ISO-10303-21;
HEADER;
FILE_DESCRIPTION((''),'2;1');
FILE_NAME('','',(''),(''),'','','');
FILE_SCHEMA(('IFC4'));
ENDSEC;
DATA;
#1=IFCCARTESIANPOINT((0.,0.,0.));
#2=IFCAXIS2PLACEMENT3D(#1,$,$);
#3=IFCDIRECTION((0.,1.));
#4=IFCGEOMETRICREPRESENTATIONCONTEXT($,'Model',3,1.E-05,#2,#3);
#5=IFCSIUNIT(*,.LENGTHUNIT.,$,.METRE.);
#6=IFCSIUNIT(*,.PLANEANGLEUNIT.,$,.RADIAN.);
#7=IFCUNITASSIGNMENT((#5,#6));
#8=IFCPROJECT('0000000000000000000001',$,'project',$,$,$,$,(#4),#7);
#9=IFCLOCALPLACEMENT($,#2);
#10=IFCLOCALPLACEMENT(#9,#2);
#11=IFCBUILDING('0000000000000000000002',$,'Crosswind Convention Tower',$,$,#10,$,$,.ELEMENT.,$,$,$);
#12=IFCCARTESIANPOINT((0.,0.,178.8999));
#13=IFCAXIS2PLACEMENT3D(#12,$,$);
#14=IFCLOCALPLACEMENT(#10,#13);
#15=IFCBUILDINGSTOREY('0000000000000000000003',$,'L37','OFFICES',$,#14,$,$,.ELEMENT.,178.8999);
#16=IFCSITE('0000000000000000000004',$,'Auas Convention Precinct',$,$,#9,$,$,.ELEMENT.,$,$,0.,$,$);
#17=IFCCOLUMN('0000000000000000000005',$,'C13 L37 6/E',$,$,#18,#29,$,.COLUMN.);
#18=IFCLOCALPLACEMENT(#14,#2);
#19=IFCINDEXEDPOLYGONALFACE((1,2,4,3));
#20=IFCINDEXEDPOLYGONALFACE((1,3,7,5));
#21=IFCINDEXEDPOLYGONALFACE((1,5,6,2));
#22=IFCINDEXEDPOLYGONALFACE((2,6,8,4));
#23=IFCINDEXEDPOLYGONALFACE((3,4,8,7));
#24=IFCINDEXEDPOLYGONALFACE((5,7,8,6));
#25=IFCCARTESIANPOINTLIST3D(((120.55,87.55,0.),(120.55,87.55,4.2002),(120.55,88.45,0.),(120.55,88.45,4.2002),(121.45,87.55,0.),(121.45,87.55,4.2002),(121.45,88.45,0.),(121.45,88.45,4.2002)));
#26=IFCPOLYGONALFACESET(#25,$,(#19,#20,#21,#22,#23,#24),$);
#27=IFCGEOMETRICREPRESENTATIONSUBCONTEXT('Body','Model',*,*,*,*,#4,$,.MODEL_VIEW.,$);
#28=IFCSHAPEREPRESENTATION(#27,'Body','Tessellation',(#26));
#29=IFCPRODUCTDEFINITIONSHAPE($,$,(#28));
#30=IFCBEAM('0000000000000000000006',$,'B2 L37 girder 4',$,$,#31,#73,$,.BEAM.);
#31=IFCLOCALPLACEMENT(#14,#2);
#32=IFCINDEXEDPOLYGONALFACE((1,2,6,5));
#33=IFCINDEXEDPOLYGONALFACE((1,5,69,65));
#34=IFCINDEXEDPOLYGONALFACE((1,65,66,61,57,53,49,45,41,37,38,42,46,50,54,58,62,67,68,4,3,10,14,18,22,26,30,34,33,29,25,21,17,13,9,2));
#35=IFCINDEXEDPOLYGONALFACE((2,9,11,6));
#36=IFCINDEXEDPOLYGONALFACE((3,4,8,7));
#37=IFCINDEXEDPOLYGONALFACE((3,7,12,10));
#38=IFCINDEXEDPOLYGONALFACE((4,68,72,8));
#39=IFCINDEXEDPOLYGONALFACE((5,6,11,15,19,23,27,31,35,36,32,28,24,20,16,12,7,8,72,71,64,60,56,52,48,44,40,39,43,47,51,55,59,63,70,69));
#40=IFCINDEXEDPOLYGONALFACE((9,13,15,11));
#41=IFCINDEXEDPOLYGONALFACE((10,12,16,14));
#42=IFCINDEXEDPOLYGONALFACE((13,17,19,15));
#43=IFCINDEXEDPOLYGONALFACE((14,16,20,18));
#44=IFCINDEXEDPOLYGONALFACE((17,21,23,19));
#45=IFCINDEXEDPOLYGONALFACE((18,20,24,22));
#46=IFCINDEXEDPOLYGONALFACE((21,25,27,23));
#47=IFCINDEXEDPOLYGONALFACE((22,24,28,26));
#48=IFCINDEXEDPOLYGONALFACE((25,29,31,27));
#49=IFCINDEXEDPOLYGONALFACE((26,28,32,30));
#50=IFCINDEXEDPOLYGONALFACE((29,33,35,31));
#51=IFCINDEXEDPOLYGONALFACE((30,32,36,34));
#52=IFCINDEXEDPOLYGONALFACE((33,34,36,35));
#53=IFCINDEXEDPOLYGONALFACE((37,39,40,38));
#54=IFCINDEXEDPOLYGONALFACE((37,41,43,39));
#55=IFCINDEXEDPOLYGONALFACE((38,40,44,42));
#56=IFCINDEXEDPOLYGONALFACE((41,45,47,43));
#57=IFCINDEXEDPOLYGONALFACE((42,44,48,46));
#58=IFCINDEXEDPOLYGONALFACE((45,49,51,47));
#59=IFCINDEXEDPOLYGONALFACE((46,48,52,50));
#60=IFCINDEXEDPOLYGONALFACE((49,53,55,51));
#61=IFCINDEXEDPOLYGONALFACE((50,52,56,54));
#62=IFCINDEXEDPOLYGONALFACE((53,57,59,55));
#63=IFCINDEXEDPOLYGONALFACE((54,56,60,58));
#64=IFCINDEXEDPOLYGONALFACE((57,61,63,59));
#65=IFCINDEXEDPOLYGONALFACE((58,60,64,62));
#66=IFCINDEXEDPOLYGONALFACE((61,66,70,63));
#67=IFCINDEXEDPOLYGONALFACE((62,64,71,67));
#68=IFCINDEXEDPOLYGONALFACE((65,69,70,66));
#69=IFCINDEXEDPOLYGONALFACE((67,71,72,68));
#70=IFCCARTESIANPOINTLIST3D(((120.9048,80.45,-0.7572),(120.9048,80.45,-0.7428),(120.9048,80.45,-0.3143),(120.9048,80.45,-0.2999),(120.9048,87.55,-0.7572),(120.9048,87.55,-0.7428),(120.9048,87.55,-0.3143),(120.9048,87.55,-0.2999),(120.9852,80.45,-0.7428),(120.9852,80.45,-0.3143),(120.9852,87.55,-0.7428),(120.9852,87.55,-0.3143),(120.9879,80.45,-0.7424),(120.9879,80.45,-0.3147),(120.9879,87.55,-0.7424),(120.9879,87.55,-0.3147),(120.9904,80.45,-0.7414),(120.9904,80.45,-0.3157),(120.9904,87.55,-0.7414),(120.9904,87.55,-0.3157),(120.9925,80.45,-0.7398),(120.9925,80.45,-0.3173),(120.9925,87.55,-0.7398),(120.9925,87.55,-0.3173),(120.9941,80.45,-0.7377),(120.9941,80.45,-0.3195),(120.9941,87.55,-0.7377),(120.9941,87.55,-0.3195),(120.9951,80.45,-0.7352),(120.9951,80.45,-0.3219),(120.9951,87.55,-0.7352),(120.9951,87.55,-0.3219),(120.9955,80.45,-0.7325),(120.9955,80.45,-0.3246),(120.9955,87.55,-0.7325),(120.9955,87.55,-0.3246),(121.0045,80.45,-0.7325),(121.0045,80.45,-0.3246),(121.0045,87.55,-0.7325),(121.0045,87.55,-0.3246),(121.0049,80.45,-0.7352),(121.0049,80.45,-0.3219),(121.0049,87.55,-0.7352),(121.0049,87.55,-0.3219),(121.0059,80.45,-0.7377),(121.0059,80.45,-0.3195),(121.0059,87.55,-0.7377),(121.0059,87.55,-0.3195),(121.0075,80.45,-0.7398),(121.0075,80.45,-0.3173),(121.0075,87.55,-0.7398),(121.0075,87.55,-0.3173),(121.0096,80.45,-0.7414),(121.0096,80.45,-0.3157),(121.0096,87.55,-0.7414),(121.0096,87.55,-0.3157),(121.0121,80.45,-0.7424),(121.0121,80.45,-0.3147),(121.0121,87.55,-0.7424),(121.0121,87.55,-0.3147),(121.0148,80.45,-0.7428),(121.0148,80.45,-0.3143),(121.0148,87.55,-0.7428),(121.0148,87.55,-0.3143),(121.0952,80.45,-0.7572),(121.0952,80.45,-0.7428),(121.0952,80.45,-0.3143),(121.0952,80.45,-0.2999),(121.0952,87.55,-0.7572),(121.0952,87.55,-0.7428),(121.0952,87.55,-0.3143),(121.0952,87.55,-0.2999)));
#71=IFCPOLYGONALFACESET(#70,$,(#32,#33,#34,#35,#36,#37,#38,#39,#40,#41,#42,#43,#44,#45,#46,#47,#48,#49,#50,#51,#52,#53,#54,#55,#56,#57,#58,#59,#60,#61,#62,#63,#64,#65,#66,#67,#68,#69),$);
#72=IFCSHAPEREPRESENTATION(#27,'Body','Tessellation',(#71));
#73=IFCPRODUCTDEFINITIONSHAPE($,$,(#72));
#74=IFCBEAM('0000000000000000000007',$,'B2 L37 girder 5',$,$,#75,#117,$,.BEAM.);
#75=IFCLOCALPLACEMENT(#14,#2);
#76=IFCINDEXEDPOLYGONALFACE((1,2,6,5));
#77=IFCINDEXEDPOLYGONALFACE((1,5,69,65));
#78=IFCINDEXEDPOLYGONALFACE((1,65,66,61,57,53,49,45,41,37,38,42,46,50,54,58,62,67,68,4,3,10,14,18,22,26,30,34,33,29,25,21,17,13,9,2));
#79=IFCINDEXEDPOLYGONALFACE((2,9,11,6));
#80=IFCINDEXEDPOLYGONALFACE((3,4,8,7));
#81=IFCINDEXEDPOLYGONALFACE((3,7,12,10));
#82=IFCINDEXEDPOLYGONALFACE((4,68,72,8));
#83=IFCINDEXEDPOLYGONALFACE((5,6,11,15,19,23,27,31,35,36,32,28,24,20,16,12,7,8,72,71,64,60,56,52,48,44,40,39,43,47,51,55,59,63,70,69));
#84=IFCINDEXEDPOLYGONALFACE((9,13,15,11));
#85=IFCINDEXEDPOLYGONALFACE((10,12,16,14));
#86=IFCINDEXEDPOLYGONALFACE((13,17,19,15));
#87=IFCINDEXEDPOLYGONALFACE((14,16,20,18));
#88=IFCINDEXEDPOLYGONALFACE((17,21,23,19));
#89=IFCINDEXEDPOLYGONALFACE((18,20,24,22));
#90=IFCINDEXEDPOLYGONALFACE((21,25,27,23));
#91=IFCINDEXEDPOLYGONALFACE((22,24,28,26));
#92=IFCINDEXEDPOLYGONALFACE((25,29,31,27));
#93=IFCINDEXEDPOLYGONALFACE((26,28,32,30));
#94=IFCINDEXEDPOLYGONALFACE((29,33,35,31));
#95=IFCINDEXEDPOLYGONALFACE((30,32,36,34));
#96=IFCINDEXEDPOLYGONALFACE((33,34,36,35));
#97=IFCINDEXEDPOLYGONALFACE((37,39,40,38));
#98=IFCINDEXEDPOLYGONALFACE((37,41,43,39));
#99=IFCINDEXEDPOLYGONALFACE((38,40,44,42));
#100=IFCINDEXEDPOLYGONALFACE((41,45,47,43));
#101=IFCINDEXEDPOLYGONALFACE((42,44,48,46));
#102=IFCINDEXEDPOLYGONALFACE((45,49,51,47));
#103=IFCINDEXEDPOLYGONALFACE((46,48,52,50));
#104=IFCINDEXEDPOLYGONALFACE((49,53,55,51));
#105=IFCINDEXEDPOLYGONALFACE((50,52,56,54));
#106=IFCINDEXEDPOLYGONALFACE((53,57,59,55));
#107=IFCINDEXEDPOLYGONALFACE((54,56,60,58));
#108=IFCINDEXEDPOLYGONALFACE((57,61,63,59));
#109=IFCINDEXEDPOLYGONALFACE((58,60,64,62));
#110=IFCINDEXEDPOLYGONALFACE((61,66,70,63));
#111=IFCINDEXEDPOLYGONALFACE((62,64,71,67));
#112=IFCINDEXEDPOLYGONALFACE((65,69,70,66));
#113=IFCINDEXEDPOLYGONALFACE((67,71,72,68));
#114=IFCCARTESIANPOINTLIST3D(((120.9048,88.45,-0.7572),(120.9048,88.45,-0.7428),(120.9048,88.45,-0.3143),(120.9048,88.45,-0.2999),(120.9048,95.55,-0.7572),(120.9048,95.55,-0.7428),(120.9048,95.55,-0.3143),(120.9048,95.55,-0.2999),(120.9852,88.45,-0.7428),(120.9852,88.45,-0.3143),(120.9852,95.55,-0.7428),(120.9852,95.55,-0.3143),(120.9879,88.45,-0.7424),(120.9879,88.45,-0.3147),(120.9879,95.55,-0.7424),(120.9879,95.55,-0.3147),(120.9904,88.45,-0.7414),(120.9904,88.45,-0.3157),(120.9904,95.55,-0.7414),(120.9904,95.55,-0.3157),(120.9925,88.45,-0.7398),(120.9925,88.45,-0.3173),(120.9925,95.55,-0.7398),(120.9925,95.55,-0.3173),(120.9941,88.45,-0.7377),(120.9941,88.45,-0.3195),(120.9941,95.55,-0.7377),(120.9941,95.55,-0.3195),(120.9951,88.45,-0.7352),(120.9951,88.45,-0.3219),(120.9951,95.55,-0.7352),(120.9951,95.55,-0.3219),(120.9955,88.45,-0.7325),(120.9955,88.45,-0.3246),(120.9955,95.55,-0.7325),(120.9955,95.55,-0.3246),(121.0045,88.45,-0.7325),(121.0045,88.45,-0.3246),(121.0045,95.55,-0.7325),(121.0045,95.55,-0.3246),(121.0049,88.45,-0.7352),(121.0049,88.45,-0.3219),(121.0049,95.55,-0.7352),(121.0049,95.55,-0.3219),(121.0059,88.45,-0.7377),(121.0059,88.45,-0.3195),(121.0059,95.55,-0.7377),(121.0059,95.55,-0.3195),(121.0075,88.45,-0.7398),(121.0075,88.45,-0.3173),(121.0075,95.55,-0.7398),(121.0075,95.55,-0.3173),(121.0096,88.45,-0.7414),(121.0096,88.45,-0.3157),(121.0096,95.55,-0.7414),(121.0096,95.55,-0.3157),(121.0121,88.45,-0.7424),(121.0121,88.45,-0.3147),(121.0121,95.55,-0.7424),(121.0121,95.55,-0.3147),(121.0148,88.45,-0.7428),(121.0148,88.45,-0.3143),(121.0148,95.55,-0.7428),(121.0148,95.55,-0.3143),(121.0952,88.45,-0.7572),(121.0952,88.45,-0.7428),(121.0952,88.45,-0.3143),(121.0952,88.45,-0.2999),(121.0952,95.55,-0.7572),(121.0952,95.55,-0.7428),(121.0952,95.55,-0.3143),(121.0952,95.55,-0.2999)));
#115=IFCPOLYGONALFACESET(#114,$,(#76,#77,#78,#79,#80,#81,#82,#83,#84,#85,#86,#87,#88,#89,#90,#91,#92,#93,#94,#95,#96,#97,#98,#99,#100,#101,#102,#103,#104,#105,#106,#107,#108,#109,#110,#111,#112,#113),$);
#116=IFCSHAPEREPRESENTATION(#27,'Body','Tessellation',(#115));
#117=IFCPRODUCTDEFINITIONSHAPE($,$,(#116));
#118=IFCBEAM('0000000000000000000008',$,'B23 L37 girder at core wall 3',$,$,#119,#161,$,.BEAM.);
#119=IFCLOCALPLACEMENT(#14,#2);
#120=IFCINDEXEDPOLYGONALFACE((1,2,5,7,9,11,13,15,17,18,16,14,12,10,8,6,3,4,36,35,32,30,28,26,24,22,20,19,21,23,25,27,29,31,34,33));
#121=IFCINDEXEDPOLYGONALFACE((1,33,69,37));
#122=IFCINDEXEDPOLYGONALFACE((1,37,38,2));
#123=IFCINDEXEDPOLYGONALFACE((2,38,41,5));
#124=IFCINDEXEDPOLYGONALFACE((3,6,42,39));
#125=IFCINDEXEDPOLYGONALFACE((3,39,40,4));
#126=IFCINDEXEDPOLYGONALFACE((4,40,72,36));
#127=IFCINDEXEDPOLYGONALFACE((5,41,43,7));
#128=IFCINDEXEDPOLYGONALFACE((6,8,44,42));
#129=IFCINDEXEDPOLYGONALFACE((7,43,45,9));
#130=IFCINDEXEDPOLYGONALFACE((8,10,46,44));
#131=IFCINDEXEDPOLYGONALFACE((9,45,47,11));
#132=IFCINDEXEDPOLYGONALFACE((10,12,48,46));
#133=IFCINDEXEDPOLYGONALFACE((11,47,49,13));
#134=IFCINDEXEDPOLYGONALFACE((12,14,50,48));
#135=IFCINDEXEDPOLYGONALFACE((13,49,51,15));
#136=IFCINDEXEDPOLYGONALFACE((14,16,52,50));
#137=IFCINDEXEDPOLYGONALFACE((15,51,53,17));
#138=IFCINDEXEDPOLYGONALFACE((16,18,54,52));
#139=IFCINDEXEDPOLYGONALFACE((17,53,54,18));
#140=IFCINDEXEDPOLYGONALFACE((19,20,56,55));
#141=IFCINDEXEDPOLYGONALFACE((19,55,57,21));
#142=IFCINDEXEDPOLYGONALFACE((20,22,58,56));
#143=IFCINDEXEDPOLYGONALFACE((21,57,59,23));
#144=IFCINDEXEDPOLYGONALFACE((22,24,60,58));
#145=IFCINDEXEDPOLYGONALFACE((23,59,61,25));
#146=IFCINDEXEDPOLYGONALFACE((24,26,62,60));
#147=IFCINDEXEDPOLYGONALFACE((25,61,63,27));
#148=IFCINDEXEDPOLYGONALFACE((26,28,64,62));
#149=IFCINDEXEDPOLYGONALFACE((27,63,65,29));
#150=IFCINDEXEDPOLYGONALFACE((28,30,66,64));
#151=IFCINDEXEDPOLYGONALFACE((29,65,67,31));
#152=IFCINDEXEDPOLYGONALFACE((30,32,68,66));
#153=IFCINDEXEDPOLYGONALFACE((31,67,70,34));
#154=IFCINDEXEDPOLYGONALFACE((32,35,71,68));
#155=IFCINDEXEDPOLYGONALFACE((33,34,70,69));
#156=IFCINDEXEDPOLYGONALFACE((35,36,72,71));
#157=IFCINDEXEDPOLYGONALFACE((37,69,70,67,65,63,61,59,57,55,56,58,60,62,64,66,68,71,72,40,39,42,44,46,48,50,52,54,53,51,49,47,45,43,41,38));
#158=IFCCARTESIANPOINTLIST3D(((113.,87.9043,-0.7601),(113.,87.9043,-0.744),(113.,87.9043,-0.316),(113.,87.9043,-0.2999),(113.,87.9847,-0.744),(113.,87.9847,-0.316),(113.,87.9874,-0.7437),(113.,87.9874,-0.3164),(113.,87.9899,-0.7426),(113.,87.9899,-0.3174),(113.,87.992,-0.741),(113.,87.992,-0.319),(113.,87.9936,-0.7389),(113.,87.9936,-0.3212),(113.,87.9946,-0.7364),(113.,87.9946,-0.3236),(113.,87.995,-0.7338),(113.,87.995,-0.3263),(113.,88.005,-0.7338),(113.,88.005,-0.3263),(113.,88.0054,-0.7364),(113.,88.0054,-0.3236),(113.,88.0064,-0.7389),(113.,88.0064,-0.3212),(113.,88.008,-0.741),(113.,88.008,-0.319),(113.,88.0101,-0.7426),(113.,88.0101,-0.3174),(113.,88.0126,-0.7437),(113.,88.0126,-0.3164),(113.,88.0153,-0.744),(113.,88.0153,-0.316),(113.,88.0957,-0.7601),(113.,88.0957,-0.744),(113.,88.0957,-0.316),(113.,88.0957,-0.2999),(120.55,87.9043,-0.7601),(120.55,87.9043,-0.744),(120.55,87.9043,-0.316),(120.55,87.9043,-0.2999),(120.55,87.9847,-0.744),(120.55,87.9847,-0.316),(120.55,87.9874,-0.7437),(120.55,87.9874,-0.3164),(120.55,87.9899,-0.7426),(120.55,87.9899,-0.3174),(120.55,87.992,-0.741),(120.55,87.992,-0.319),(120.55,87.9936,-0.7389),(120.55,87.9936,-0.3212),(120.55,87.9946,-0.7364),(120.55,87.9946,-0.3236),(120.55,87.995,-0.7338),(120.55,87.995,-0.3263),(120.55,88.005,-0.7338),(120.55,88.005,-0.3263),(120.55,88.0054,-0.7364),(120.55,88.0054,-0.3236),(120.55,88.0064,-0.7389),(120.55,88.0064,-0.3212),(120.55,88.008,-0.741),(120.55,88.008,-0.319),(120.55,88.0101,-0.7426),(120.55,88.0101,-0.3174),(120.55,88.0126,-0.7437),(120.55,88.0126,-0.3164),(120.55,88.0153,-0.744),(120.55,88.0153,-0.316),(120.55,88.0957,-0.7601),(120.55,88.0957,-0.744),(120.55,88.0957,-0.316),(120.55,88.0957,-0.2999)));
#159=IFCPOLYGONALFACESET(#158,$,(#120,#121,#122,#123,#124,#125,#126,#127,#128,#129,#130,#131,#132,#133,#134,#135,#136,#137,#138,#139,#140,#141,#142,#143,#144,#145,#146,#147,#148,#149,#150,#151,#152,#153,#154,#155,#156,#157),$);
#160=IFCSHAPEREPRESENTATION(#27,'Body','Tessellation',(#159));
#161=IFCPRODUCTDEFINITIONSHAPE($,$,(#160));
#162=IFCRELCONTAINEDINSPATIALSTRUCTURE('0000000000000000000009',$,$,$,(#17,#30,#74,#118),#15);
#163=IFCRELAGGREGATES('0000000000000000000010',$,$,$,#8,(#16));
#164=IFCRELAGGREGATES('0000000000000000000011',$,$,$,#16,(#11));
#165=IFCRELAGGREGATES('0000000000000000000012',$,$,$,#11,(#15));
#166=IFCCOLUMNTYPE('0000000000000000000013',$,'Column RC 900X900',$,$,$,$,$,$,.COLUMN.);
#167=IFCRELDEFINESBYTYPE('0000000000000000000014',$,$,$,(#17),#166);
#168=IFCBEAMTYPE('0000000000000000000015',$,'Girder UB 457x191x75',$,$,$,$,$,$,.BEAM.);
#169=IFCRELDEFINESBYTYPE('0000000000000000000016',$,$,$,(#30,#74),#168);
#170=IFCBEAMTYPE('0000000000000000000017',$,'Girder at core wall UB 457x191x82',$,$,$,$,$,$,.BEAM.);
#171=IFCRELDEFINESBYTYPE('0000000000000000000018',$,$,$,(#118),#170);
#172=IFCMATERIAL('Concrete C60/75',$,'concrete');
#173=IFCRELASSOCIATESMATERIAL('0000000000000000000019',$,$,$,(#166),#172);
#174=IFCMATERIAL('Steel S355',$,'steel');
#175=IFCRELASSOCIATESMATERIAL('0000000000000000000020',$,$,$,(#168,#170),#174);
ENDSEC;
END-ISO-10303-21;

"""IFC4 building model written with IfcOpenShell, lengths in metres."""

from ifc_helpers import new_model, si_unit, direction, frame, origin, origin_2d, place, context, subcontext, project, spatial, rectangle, i_section, extrude, material, material_profile, profile_set, type_object, element, save


model = new_model("IFC4")

# Units and contexts
model_context = context("Model", 3, precision=1e-05, world=origin(), true_north=direction((0.0, 1.0)))
body_context = subcontext(model_context, "Body", "Model", "MODEL_VIEW")
ifc_project = project(units=[si_unit("LENGTHUNIT", "METRE"), si_unit("PLANEANGLEUNIT", "RADIAN")], contexts=[model_context])

# Site, building, storey
site_placement = place(None, origin())
site = spatial("IfcSite", under=ifc_project, at=site_placement, Name="Auas Convention Precinct", CompositionType="ELEMENT", RefElevation=0.0)
building_placement = place(site_placement, origin())
building = spatial("IfcBuilding", under=site, at=building_placement, Name="Crosswind Convention Tower", CompositionType="ELEMENT")
storey_placement = place(building_placement, frame((0.0, 0.0, 178.8999)))
storey = spatial("IfcBuildingStorey", under=building, at=storey_placement, Name="L37", Description="OFFICES", CompositionType="ELEMENT", Elevation=178.8999)

# Column
ifc_material_1 = material(Name="Concrete C60/75", Category="concrete")
ifc_material_profile_1 = material_profile(ifc_material_1, rectangle(XDim=0.8999, YDim=0.8999, at=origin_2d()), Name="RC 900X900")
ifc_profile_set_1 = profile_set([ifc_material_profile_1], Name="Concrete C60/75")
column_type = type_object("IfcColumnType", Name="Column RC 900X900", PredefinedType="COLUMN", material=ifc_profile_set_1)
column_placement = place(storey_placement, frame((121.0, 88.0, 0.0), z_axis=(0.0, 0.0, 1.0), x_axis=(1.0, 0.0, 0.0)))
element("IfcColumn", 1, at=column_placement, inside=storey, type_object=column_type, Name="C13 L37 6/E", PredefinedType="COLUMN", context=body_context, shape_type="SweptSolid", body=[
    extrude(rectangle(XDim=0.8999, YDim=0.8999, at=origin_2d()), origin(), (0.0, 0.0, 1.0), 4.2002),
])

# Beams
ifc_material_2 = material(Name="Steel S355", Category="steel")
ifc_material_profile_2 = material_profile(ifc_material_2, i_section(OverallWidth=0.1904, OverallDepth=0.4573, WebThickness=0.009, FlangeThickness=0.0144, FilletRadius=0.0103, at=origin_2d()), Name="UB 457x191x75")
ifc_profile_set_2 = profile_set([ifc_material_profile_2], Name="Steel S355")
beam_type_1 = type_object("IfcBeamType", Name="Girder UB 457x191x75", PredefinedType="BEAM", material=ifc_profile_set_2)
for number, where, z_axis, x_axis, name in (
    (2, (121.0, 80.45, -0.5286), (0.0, 1.0, 0.0), (-1.0, 0.0, 0.0), "B2 L37 girder 4"),
    (3, (121.0, 88.45, -0.5286), (0.0, 1.0, 0.0), (-1.0, 0.0, 0.0), "B2 L37 girder 5"),
):
    element("IfcBeam", number, at=place(storey_placement, frame(where, z_axis=z_axis, x_axis=x_axis)), inside=storey, type_object=beam_type_1, Name=name, PredefinedType="BEAM", context=body_context, shape_type="SweptSolid", body=[
        extrude(i_section(OverallWidth=0.1904, OverallDepth=0.4573, WebThickness=0.009, FlangeThickness=0.0144, FilletRadius=0.0103, at=origin_2d()), origin(), (0.0, 0.0, 1.0), 7.1001),
    ])
ifc_material_profile_3 = material_profile(ifc_material_2, i_section(OverallWidth=0.1914, OverallDepth=0.4602, WebThickness=0.01, FlangeThickness=0.0161, FilletRadius=0.0103, at=origin_2d()), Name="UB 457x191x82")
ifc_profile_set_3 = profile_set([ifc_material_profile_3], Name="Steel S355")
beam_type_2 = type_object("IfcBeamType", Name="Girder at core wall UB 457x191x82", PredefinedType="BEAM", material=ifc_profile_set_3)
for number, where, z_axis, x_axis, name in (
    (4, (113.0, 88.0, -0.53), (1.0, 0.0, 0.0), (0.0, 1.0, 0.0), "B23 L37 girder at core wall 3"),
):
    element("IfcBeam", number, at=place(storey_placement, frame(where, z_axis=z_axis, x_axis=x_axis)), inside=storey, type_object=beam_type_2, Name=name, PredefinedType="BEAM", context=body_context, shape_type="SweptSolid", body=[
        extrude(i_section(OverallWidth=0.1914, OverallDepth=0.4602, WebThickness=0.01, FlangeThickness=0.0161, FilletRadius=0.0103, at=origin_2d()), origin(), (0.0, 0.0, 1.0), 7.55),
    ])

save(model, "model.ifc")
